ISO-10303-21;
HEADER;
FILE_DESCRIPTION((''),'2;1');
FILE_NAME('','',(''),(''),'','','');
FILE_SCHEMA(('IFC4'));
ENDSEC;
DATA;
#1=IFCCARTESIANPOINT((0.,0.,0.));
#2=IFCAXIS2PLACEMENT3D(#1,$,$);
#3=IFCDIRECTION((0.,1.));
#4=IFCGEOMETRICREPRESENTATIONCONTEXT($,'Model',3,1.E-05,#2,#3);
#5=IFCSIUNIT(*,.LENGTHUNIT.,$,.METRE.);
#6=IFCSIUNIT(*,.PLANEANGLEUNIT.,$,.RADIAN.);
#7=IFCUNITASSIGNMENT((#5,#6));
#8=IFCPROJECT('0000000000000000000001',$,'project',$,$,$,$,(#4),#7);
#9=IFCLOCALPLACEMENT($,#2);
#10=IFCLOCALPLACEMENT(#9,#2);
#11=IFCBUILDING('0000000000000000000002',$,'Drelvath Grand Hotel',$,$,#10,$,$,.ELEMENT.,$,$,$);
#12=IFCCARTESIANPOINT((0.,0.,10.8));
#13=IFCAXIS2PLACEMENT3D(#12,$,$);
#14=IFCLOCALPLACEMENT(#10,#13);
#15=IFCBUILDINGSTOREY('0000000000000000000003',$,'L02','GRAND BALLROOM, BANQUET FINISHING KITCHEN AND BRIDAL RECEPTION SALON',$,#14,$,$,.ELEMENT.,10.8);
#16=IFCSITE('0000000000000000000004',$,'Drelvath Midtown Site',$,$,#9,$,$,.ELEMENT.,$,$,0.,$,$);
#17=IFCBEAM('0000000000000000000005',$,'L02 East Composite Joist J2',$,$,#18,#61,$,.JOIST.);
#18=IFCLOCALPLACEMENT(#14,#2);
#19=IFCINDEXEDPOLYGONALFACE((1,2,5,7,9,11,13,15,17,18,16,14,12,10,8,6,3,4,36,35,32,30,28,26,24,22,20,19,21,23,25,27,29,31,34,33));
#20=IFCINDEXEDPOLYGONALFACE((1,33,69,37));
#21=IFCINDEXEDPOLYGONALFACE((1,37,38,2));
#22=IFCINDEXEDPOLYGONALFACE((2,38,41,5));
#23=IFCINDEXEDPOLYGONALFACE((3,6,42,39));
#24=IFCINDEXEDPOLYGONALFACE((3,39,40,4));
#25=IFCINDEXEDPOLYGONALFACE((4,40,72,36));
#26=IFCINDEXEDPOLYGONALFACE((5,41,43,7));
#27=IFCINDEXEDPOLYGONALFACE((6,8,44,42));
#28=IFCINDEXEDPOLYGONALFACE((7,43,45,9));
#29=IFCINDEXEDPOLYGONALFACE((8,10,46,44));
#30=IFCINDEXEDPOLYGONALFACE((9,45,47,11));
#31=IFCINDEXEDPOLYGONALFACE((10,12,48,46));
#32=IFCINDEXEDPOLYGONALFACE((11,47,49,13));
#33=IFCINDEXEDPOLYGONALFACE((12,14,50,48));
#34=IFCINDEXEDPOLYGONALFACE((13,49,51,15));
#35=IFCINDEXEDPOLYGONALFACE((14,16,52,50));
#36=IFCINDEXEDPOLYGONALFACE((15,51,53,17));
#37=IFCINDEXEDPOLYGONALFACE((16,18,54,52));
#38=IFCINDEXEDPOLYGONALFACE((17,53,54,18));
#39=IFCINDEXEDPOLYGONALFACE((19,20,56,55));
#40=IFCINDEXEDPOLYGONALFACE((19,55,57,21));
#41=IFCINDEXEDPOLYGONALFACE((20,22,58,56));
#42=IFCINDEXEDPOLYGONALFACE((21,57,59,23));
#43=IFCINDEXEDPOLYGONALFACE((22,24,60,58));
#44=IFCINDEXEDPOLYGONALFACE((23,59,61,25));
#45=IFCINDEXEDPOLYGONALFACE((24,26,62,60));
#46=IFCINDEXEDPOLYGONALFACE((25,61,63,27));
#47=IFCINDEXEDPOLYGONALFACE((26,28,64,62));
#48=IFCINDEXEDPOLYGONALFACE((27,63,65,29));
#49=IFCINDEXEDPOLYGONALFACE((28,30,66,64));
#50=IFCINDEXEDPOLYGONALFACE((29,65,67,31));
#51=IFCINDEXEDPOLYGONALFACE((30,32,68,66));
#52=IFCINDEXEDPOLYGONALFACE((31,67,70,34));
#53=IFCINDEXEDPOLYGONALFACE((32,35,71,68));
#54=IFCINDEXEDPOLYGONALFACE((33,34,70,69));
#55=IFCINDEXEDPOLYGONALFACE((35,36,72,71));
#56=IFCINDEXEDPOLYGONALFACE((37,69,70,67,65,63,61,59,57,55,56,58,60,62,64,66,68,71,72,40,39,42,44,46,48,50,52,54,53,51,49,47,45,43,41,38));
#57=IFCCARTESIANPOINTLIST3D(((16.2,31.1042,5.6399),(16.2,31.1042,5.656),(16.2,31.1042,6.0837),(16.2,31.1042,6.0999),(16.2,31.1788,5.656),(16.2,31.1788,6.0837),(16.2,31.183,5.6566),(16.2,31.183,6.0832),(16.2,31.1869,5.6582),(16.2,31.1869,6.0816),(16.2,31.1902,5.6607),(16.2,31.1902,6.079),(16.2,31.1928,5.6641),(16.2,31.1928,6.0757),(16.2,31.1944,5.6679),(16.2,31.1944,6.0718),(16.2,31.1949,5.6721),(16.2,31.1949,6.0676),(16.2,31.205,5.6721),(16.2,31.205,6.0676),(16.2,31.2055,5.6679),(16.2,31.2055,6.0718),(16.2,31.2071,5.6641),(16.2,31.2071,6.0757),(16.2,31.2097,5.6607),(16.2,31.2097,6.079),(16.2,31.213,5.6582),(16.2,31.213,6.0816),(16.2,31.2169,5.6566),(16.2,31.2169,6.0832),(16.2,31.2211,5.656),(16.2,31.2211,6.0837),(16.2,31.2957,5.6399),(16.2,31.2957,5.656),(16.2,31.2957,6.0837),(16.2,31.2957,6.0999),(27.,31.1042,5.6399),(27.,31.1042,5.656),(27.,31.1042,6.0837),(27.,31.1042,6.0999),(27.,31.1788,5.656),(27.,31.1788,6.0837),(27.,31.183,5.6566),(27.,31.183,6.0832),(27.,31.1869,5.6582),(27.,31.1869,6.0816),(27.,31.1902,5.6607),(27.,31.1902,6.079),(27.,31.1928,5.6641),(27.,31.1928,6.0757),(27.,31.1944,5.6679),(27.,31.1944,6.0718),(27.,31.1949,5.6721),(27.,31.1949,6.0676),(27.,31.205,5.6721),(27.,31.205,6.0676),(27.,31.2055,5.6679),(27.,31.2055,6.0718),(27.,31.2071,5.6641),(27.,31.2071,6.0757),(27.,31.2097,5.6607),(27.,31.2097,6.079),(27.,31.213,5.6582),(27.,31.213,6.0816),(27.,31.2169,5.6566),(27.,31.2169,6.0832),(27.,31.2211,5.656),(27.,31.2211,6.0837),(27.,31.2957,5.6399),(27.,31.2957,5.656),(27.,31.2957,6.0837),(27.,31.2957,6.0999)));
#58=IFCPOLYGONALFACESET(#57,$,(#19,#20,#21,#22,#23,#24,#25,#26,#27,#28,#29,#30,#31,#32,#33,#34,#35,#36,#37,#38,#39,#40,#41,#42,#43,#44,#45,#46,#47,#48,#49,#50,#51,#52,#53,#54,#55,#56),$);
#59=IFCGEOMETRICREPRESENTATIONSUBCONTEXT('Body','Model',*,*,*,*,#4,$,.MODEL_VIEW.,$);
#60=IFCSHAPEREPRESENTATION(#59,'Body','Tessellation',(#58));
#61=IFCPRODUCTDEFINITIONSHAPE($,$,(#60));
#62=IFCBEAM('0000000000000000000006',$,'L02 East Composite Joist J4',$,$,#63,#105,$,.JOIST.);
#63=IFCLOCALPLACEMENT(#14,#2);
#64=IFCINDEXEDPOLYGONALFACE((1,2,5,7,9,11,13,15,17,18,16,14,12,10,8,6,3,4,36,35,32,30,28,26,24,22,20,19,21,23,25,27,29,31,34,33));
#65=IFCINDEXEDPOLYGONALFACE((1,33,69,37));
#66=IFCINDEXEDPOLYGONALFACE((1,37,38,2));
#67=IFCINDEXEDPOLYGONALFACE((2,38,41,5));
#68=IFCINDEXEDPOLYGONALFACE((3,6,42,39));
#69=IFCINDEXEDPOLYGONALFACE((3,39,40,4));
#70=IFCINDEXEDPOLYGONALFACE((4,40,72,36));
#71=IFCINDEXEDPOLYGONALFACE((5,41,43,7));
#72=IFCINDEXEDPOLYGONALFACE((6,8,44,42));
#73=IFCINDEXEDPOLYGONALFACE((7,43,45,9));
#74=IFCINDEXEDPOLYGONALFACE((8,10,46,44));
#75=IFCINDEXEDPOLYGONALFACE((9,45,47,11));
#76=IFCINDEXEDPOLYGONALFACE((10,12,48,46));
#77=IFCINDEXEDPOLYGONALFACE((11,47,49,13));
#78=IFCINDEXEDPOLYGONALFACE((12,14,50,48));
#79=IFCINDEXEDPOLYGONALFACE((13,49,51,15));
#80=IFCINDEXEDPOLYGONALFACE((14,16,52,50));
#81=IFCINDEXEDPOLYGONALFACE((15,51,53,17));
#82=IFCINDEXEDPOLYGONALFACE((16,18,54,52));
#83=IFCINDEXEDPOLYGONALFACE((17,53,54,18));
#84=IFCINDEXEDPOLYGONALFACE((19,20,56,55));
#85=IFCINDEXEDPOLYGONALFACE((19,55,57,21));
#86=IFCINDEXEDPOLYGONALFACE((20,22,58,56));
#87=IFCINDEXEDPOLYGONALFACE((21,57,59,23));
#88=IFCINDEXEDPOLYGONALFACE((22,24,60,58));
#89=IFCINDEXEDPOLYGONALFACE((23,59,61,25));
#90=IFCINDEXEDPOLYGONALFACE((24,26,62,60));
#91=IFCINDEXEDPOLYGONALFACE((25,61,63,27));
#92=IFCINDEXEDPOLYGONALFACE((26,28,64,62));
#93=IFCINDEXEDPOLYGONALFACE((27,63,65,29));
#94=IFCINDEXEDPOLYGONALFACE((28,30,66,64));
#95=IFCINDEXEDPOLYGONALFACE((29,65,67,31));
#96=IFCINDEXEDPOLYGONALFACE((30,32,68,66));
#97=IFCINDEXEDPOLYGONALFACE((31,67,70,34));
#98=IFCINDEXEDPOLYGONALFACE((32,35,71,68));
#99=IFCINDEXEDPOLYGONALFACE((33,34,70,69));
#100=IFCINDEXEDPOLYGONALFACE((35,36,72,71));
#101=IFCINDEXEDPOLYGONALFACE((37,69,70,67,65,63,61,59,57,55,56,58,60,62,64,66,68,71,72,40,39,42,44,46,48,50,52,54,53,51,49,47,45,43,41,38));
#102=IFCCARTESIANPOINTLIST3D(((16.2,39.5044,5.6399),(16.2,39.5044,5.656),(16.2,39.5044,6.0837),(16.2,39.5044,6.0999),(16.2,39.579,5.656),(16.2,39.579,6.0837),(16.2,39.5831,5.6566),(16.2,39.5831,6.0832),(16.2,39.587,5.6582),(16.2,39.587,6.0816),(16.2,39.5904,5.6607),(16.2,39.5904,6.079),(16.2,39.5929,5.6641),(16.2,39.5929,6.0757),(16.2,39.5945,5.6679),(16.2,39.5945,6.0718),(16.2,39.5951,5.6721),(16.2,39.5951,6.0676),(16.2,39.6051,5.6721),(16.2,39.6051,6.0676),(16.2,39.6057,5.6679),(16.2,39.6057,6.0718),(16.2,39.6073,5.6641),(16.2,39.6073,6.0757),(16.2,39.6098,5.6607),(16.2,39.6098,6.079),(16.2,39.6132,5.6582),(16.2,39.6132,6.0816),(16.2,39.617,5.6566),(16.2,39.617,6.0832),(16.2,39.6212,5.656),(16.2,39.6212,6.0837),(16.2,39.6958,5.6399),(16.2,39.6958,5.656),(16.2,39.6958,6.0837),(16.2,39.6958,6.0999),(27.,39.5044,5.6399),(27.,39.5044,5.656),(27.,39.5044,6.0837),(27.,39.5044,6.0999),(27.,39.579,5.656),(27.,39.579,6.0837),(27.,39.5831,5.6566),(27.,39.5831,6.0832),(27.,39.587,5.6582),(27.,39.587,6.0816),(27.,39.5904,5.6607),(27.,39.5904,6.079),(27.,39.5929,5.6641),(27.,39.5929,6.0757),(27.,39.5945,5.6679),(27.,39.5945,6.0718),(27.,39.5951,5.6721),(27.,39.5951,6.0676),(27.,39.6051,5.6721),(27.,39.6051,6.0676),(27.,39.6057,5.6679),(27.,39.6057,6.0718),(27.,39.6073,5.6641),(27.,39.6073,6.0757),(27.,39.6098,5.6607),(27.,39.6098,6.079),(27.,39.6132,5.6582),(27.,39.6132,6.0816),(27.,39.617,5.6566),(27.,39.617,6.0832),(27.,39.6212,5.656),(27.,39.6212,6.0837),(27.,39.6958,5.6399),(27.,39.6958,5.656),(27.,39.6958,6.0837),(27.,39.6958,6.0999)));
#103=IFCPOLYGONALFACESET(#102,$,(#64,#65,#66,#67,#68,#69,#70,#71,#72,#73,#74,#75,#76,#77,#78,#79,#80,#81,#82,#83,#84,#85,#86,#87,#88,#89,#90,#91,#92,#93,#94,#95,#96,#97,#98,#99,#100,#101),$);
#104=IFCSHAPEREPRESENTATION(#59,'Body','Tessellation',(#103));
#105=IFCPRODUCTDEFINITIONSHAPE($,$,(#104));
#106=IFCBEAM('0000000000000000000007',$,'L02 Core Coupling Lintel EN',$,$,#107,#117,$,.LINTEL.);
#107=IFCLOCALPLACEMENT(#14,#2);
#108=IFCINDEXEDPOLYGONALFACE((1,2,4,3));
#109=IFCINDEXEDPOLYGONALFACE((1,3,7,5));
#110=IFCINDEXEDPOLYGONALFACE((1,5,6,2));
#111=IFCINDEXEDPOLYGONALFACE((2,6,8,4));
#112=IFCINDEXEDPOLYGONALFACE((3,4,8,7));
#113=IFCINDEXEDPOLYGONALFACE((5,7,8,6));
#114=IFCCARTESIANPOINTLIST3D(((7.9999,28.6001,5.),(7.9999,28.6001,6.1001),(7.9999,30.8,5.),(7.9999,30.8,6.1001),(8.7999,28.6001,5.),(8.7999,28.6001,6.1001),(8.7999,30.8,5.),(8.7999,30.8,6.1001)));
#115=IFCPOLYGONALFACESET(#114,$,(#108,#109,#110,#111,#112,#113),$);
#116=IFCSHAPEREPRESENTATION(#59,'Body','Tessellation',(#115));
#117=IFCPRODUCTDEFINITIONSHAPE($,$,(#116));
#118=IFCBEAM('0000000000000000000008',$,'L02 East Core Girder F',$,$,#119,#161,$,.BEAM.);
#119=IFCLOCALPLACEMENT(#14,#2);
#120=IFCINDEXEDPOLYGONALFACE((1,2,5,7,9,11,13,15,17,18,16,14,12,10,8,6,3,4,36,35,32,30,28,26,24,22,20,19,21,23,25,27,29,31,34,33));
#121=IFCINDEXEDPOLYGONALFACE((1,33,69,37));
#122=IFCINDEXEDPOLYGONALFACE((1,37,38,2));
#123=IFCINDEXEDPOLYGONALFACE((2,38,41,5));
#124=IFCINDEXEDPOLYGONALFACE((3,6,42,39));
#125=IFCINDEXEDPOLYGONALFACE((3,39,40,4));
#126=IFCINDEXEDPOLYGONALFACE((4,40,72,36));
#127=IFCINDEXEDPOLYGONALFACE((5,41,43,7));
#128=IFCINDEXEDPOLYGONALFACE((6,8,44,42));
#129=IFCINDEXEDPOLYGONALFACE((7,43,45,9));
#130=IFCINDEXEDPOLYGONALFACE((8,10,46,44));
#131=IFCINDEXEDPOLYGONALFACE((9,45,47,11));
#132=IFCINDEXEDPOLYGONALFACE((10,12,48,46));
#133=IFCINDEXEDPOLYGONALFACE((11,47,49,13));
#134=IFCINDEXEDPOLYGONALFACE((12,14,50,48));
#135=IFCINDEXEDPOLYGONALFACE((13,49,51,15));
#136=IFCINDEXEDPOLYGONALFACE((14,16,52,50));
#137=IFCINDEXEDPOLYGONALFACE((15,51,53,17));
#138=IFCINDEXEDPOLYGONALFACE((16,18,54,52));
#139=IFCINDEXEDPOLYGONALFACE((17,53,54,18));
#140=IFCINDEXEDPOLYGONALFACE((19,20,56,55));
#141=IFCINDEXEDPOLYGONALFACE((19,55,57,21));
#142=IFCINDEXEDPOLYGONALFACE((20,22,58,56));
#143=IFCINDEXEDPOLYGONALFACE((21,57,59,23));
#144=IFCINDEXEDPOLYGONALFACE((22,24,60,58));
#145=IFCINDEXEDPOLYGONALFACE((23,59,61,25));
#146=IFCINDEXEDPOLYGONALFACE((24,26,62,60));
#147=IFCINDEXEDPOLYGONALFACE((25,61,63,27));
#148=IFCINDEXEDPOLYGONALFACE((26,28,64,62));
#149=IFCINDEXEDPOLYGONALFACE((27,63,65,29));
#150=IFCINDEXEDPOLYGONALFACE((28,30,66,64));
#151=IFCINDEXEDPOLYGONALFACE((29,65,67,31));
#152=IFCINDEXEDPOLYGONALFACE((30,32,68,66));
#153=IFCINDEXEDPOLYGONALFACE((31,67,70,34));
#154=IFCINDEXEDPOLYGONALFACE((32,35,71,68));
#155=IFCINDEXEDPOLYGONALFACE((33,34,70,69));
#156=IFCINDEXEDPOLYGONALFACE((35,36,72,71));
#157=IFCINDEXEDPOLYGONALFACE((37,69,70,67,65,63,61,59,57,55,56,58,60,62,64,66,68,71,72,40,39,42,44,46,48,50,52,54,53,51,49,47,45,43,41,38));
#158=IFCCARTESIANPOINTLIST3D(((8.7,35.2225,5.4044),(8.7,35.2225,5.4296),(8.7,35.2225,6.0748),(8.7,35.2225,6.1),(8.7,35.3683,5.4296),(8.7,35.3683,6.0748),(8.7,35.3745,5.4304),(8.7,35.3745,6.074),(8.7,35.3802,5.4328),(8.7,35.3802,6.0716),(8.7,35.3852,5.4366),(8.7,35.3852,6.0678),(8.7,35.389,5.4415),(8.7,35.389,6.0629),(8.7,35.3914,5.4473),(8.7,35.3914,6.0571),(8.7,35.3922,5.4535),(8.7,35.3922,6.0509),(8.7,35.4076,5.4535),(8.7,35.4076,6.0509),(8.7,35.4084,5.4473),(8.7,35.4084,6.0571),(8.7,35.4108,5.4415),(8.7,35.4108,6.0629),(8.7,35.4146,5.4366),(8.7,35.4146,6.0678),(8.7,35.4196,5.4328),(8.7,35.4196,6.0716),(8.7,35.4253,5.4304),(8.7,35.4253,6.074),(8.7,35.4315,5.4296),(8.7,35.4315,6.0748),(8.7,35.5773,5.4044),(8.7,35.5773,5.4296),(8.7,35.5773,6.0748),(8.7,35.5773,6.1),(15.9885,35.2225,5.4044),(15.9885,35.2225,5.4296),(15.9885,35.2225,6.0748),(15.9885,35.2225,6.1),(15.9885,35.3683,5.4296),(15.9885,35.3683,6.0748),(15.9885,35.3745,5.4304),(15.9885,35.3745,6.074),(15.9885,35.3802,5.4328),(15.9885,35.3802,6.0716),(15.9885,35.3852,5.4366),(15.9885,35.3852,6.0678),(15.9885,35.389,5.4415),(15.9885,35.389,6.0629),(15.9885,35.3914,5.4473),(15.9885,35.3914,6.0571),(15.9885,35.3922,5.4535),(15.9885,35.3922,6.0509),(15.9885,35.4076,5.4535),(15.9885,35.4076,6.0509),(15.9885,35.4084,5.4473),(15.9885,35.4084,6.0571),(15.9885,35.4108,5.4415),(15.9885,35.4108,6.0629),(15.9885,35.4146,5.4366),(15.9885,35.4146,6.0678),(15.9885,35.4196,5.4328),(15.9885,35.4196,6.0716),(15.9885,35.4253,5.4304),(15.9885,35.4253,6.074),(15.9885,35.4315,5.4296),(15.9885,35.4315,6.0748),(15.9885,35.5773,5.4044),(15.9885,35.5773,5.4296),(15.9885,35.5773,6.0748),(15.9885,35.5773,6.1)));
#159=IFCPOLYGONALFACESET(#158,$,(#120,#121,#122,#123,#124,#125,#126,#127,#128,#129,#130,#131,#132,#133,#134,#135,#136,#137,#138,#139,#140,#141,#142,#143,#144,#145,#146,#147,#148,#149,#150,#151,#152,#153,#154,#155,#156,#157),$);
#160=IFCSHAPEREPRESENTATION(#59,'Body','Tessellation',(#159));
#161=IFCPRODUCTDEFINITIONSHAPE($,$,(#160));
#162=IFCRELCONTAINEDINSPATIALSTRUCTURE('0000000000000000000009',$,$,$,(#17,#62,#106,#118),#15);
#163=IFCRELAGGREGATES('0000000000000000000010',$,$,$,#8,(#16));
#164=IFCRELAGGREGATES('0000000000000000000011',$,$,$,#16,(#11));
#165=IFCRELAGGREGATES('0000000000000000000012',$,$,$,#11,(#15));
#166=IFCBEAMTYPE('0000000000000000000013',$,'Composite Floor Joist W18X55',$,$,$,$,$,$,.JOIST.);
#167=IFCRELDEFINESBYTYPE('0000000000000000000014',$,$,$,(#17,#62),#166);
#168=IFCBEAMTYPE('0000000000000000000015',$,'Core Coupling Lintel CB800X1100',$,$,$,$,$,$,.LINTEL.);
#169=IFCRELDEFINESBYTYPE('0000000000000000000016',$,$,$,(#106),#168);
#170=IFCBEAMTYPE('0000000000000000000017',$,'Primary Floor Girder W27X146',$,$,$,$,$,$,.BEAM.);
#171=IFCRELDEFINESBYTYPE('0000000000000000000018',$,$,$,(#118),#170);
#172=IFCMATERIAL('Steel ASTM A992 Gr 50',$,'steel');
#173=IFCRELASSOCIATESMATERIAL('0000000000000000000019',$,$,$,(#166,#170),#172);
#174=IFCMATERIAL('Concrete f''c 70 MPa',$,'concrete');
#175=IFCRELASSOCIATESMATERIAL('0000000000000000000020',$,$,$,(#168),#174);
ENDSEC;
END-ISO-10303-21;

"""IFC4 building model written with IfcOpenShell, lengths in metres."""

from ifc_helpers import new_model, si_unit, direction, frame, origin, origin_2d, place, context, subcontext, project, spatial, rectangle, i_section, extrude, material, material_profile, profile_set, type_object, element, save


model = new_model("IFC4")

# Units and contexts
model_context = context("Model", 3, precision=1e-05, world=origin(), true_north=direction((0.0, 1.0)))
body_context = subcontext(model_context, "Body", "Model", "MODEL_VIEW")
ifc_project = project(units=[si_unit("LENGTHUNIT", "METRE"), si_unit("PLANEANGLEUNIT", "RADIAN")], contexts=[model_context])

# Site, building, storey
site_placement = place(None, origin())
site = spatial("IfcSite", under=ifc_project, at=site_placement, Name="Drelvath Midtown Site", CompositionType="ELEMENT", RefElevation=0.0)
building_placement = place(site_placement, origin())
building = spatial("IfcBuilding", under=site, at=building_placement, Name="Drelvath Grand Hotel", CompositionType="ELEMENT")
storey_placement = place(building_placement, frame((0.0, 0.0, 10.8)))
storey = spatial("IfcBuildingStorey", under=building, at=storey_placement, Name="L02", Description="GRAND BALLROOM, BANQUET FINISHING KITCHEN AND BRIDAL RECEPTION SALON", CompositionType="ELEMENT", Elevation=10.8)

# Beams
ifc_material_1 = material(Name="Steel ASTM A992 Gr 50", Category="steel")
ifc_material_profile_1 = material_profile(ifc_material_1, i_section(OverallWidth=0.1914, OverallDepth=0.46, WebThickness=0.01, FlangeThickness=0.0161, FilletRadius=0.0161, at=origin_2d()), Name="W18X55")
ifc_profile_set_1 = profile_set([ifc_material_profile_1], Name="Steel ASTM A992 Gr 50")
beam_type_1 = type_object("IfcBeamType", Name="Composite Floor Joist W18X55", PredefinedType="JOIST", material=ifc_profile_set_1)
for number, where, z_axis, x_axis, name in (
    (1, (16.2, 31.2, 5.8699), (1.0, 0.0, 0.0), (0.0, 1.0, 0.0), "L02 East Composite Joist J2"),
    (2, (16.2, 39.6001, 5.8699), (1.0, 0.0, 0.0), (0.0, 1.0, 0.0), "L02 East Composite Joist J4"),
):
    element("IfcBeam", number, at=place(storey_placement, frame(where, z_axis=z_axis, x_axis=x_axis)), inside=storey, type_object=beam_type_1, Name=name, PredefinedType="JOIST", context=body_context, shape_type="SweptSolid", body=[
        extrude(i_section(OverallWidth=0.1914, OverallDepth=0.46, WebThickness=0.01, FlangeThickness=0.0161, FilletRadius=0.0161, at=origin_2d()), origin(), (0.0, 0.0, 1.0), 10.8),
    ])
ifc_material_2 = material(Name="Concrete f'c 70 MPa", Category="concrete")
ifc_material_profile_2 = material_profile(ifc_material_2, rectangle(XDim=0.8, YDim=1.1001, at=origin_2d()), Name="CB800X1100")
ifc_profile_set_2 = profile_set([ifc_material_profile_2], Name="Concrete f'c 70 MPa")
beam_type_2 = type_object("IfcBeamType", Name="Core Coupling Lintel CB800X1100", PredefinedType="LINTEL", material=ifc_profile_set_2)
beam_1_placement = place(storey_placement, frame((8.3999, 28.6001, 5.55), z_axis=(0.0, 1.0, 0.0), x_axis=(-1.0, 0.0, 0.0)))
element("IfcBeam", 3, at=beam_1_placement, inside=storey, type_object=beam_type_2, Name="L02 Core Coupling Lintel EN", PredefinedType="LINTEL", context=body_context, shape_type="SweptSolid", body=[
    extrude(rectangle(XDim=0.8, YDim=1.1001, at=origin_2d()), origin(), (0.0, 0.0, 1.0), 2.2),
])
ifc_material_profile_3 = material_profile(ifc_material_1, i_section(OverallWidth=0.3547, OverallDepth=0.6956, WebThickness=0.0154, FlangeThickness=0.0251, FilletRadius=0.0239, at=origin_2d()), Name="W27X146")
ifc_profile_set_3 = profile_set([ifc_material_profile_3], Name="Steel ASTM A992 Gr 50")
beam_type_3 = type_object("IfcBeamType", Name="Primary Floor Girder W27X146", PredefinedType="BEAM", material=ifc_profile_set_3)
beam_2_placement = place(storey_placement, frame((8.7, 35.3999, 5.7522), z_axis=(1.0, 0.0, 0.0), x_axis=(0.0, 1.0, 0.0)))
element("IfcBeam", 4, at=beam_2_placement, inside=storey, type_object=beam_type_3, Name="L02 East Core Girder F", PredefinedType="BEAM", context=body_context, shape_type="SweptSolid", body=[
    extrude(i_section(OverallWidth=0.3547, OverallDepth=0.6956, WebThickness=0.0154, FlangeThickness=0.0251, FilletRadius=0.0239, at=origin_2d()), origin(), (0.0, 0.0, 1.0), 7.2886),
])

save(model, "model.ifc")
